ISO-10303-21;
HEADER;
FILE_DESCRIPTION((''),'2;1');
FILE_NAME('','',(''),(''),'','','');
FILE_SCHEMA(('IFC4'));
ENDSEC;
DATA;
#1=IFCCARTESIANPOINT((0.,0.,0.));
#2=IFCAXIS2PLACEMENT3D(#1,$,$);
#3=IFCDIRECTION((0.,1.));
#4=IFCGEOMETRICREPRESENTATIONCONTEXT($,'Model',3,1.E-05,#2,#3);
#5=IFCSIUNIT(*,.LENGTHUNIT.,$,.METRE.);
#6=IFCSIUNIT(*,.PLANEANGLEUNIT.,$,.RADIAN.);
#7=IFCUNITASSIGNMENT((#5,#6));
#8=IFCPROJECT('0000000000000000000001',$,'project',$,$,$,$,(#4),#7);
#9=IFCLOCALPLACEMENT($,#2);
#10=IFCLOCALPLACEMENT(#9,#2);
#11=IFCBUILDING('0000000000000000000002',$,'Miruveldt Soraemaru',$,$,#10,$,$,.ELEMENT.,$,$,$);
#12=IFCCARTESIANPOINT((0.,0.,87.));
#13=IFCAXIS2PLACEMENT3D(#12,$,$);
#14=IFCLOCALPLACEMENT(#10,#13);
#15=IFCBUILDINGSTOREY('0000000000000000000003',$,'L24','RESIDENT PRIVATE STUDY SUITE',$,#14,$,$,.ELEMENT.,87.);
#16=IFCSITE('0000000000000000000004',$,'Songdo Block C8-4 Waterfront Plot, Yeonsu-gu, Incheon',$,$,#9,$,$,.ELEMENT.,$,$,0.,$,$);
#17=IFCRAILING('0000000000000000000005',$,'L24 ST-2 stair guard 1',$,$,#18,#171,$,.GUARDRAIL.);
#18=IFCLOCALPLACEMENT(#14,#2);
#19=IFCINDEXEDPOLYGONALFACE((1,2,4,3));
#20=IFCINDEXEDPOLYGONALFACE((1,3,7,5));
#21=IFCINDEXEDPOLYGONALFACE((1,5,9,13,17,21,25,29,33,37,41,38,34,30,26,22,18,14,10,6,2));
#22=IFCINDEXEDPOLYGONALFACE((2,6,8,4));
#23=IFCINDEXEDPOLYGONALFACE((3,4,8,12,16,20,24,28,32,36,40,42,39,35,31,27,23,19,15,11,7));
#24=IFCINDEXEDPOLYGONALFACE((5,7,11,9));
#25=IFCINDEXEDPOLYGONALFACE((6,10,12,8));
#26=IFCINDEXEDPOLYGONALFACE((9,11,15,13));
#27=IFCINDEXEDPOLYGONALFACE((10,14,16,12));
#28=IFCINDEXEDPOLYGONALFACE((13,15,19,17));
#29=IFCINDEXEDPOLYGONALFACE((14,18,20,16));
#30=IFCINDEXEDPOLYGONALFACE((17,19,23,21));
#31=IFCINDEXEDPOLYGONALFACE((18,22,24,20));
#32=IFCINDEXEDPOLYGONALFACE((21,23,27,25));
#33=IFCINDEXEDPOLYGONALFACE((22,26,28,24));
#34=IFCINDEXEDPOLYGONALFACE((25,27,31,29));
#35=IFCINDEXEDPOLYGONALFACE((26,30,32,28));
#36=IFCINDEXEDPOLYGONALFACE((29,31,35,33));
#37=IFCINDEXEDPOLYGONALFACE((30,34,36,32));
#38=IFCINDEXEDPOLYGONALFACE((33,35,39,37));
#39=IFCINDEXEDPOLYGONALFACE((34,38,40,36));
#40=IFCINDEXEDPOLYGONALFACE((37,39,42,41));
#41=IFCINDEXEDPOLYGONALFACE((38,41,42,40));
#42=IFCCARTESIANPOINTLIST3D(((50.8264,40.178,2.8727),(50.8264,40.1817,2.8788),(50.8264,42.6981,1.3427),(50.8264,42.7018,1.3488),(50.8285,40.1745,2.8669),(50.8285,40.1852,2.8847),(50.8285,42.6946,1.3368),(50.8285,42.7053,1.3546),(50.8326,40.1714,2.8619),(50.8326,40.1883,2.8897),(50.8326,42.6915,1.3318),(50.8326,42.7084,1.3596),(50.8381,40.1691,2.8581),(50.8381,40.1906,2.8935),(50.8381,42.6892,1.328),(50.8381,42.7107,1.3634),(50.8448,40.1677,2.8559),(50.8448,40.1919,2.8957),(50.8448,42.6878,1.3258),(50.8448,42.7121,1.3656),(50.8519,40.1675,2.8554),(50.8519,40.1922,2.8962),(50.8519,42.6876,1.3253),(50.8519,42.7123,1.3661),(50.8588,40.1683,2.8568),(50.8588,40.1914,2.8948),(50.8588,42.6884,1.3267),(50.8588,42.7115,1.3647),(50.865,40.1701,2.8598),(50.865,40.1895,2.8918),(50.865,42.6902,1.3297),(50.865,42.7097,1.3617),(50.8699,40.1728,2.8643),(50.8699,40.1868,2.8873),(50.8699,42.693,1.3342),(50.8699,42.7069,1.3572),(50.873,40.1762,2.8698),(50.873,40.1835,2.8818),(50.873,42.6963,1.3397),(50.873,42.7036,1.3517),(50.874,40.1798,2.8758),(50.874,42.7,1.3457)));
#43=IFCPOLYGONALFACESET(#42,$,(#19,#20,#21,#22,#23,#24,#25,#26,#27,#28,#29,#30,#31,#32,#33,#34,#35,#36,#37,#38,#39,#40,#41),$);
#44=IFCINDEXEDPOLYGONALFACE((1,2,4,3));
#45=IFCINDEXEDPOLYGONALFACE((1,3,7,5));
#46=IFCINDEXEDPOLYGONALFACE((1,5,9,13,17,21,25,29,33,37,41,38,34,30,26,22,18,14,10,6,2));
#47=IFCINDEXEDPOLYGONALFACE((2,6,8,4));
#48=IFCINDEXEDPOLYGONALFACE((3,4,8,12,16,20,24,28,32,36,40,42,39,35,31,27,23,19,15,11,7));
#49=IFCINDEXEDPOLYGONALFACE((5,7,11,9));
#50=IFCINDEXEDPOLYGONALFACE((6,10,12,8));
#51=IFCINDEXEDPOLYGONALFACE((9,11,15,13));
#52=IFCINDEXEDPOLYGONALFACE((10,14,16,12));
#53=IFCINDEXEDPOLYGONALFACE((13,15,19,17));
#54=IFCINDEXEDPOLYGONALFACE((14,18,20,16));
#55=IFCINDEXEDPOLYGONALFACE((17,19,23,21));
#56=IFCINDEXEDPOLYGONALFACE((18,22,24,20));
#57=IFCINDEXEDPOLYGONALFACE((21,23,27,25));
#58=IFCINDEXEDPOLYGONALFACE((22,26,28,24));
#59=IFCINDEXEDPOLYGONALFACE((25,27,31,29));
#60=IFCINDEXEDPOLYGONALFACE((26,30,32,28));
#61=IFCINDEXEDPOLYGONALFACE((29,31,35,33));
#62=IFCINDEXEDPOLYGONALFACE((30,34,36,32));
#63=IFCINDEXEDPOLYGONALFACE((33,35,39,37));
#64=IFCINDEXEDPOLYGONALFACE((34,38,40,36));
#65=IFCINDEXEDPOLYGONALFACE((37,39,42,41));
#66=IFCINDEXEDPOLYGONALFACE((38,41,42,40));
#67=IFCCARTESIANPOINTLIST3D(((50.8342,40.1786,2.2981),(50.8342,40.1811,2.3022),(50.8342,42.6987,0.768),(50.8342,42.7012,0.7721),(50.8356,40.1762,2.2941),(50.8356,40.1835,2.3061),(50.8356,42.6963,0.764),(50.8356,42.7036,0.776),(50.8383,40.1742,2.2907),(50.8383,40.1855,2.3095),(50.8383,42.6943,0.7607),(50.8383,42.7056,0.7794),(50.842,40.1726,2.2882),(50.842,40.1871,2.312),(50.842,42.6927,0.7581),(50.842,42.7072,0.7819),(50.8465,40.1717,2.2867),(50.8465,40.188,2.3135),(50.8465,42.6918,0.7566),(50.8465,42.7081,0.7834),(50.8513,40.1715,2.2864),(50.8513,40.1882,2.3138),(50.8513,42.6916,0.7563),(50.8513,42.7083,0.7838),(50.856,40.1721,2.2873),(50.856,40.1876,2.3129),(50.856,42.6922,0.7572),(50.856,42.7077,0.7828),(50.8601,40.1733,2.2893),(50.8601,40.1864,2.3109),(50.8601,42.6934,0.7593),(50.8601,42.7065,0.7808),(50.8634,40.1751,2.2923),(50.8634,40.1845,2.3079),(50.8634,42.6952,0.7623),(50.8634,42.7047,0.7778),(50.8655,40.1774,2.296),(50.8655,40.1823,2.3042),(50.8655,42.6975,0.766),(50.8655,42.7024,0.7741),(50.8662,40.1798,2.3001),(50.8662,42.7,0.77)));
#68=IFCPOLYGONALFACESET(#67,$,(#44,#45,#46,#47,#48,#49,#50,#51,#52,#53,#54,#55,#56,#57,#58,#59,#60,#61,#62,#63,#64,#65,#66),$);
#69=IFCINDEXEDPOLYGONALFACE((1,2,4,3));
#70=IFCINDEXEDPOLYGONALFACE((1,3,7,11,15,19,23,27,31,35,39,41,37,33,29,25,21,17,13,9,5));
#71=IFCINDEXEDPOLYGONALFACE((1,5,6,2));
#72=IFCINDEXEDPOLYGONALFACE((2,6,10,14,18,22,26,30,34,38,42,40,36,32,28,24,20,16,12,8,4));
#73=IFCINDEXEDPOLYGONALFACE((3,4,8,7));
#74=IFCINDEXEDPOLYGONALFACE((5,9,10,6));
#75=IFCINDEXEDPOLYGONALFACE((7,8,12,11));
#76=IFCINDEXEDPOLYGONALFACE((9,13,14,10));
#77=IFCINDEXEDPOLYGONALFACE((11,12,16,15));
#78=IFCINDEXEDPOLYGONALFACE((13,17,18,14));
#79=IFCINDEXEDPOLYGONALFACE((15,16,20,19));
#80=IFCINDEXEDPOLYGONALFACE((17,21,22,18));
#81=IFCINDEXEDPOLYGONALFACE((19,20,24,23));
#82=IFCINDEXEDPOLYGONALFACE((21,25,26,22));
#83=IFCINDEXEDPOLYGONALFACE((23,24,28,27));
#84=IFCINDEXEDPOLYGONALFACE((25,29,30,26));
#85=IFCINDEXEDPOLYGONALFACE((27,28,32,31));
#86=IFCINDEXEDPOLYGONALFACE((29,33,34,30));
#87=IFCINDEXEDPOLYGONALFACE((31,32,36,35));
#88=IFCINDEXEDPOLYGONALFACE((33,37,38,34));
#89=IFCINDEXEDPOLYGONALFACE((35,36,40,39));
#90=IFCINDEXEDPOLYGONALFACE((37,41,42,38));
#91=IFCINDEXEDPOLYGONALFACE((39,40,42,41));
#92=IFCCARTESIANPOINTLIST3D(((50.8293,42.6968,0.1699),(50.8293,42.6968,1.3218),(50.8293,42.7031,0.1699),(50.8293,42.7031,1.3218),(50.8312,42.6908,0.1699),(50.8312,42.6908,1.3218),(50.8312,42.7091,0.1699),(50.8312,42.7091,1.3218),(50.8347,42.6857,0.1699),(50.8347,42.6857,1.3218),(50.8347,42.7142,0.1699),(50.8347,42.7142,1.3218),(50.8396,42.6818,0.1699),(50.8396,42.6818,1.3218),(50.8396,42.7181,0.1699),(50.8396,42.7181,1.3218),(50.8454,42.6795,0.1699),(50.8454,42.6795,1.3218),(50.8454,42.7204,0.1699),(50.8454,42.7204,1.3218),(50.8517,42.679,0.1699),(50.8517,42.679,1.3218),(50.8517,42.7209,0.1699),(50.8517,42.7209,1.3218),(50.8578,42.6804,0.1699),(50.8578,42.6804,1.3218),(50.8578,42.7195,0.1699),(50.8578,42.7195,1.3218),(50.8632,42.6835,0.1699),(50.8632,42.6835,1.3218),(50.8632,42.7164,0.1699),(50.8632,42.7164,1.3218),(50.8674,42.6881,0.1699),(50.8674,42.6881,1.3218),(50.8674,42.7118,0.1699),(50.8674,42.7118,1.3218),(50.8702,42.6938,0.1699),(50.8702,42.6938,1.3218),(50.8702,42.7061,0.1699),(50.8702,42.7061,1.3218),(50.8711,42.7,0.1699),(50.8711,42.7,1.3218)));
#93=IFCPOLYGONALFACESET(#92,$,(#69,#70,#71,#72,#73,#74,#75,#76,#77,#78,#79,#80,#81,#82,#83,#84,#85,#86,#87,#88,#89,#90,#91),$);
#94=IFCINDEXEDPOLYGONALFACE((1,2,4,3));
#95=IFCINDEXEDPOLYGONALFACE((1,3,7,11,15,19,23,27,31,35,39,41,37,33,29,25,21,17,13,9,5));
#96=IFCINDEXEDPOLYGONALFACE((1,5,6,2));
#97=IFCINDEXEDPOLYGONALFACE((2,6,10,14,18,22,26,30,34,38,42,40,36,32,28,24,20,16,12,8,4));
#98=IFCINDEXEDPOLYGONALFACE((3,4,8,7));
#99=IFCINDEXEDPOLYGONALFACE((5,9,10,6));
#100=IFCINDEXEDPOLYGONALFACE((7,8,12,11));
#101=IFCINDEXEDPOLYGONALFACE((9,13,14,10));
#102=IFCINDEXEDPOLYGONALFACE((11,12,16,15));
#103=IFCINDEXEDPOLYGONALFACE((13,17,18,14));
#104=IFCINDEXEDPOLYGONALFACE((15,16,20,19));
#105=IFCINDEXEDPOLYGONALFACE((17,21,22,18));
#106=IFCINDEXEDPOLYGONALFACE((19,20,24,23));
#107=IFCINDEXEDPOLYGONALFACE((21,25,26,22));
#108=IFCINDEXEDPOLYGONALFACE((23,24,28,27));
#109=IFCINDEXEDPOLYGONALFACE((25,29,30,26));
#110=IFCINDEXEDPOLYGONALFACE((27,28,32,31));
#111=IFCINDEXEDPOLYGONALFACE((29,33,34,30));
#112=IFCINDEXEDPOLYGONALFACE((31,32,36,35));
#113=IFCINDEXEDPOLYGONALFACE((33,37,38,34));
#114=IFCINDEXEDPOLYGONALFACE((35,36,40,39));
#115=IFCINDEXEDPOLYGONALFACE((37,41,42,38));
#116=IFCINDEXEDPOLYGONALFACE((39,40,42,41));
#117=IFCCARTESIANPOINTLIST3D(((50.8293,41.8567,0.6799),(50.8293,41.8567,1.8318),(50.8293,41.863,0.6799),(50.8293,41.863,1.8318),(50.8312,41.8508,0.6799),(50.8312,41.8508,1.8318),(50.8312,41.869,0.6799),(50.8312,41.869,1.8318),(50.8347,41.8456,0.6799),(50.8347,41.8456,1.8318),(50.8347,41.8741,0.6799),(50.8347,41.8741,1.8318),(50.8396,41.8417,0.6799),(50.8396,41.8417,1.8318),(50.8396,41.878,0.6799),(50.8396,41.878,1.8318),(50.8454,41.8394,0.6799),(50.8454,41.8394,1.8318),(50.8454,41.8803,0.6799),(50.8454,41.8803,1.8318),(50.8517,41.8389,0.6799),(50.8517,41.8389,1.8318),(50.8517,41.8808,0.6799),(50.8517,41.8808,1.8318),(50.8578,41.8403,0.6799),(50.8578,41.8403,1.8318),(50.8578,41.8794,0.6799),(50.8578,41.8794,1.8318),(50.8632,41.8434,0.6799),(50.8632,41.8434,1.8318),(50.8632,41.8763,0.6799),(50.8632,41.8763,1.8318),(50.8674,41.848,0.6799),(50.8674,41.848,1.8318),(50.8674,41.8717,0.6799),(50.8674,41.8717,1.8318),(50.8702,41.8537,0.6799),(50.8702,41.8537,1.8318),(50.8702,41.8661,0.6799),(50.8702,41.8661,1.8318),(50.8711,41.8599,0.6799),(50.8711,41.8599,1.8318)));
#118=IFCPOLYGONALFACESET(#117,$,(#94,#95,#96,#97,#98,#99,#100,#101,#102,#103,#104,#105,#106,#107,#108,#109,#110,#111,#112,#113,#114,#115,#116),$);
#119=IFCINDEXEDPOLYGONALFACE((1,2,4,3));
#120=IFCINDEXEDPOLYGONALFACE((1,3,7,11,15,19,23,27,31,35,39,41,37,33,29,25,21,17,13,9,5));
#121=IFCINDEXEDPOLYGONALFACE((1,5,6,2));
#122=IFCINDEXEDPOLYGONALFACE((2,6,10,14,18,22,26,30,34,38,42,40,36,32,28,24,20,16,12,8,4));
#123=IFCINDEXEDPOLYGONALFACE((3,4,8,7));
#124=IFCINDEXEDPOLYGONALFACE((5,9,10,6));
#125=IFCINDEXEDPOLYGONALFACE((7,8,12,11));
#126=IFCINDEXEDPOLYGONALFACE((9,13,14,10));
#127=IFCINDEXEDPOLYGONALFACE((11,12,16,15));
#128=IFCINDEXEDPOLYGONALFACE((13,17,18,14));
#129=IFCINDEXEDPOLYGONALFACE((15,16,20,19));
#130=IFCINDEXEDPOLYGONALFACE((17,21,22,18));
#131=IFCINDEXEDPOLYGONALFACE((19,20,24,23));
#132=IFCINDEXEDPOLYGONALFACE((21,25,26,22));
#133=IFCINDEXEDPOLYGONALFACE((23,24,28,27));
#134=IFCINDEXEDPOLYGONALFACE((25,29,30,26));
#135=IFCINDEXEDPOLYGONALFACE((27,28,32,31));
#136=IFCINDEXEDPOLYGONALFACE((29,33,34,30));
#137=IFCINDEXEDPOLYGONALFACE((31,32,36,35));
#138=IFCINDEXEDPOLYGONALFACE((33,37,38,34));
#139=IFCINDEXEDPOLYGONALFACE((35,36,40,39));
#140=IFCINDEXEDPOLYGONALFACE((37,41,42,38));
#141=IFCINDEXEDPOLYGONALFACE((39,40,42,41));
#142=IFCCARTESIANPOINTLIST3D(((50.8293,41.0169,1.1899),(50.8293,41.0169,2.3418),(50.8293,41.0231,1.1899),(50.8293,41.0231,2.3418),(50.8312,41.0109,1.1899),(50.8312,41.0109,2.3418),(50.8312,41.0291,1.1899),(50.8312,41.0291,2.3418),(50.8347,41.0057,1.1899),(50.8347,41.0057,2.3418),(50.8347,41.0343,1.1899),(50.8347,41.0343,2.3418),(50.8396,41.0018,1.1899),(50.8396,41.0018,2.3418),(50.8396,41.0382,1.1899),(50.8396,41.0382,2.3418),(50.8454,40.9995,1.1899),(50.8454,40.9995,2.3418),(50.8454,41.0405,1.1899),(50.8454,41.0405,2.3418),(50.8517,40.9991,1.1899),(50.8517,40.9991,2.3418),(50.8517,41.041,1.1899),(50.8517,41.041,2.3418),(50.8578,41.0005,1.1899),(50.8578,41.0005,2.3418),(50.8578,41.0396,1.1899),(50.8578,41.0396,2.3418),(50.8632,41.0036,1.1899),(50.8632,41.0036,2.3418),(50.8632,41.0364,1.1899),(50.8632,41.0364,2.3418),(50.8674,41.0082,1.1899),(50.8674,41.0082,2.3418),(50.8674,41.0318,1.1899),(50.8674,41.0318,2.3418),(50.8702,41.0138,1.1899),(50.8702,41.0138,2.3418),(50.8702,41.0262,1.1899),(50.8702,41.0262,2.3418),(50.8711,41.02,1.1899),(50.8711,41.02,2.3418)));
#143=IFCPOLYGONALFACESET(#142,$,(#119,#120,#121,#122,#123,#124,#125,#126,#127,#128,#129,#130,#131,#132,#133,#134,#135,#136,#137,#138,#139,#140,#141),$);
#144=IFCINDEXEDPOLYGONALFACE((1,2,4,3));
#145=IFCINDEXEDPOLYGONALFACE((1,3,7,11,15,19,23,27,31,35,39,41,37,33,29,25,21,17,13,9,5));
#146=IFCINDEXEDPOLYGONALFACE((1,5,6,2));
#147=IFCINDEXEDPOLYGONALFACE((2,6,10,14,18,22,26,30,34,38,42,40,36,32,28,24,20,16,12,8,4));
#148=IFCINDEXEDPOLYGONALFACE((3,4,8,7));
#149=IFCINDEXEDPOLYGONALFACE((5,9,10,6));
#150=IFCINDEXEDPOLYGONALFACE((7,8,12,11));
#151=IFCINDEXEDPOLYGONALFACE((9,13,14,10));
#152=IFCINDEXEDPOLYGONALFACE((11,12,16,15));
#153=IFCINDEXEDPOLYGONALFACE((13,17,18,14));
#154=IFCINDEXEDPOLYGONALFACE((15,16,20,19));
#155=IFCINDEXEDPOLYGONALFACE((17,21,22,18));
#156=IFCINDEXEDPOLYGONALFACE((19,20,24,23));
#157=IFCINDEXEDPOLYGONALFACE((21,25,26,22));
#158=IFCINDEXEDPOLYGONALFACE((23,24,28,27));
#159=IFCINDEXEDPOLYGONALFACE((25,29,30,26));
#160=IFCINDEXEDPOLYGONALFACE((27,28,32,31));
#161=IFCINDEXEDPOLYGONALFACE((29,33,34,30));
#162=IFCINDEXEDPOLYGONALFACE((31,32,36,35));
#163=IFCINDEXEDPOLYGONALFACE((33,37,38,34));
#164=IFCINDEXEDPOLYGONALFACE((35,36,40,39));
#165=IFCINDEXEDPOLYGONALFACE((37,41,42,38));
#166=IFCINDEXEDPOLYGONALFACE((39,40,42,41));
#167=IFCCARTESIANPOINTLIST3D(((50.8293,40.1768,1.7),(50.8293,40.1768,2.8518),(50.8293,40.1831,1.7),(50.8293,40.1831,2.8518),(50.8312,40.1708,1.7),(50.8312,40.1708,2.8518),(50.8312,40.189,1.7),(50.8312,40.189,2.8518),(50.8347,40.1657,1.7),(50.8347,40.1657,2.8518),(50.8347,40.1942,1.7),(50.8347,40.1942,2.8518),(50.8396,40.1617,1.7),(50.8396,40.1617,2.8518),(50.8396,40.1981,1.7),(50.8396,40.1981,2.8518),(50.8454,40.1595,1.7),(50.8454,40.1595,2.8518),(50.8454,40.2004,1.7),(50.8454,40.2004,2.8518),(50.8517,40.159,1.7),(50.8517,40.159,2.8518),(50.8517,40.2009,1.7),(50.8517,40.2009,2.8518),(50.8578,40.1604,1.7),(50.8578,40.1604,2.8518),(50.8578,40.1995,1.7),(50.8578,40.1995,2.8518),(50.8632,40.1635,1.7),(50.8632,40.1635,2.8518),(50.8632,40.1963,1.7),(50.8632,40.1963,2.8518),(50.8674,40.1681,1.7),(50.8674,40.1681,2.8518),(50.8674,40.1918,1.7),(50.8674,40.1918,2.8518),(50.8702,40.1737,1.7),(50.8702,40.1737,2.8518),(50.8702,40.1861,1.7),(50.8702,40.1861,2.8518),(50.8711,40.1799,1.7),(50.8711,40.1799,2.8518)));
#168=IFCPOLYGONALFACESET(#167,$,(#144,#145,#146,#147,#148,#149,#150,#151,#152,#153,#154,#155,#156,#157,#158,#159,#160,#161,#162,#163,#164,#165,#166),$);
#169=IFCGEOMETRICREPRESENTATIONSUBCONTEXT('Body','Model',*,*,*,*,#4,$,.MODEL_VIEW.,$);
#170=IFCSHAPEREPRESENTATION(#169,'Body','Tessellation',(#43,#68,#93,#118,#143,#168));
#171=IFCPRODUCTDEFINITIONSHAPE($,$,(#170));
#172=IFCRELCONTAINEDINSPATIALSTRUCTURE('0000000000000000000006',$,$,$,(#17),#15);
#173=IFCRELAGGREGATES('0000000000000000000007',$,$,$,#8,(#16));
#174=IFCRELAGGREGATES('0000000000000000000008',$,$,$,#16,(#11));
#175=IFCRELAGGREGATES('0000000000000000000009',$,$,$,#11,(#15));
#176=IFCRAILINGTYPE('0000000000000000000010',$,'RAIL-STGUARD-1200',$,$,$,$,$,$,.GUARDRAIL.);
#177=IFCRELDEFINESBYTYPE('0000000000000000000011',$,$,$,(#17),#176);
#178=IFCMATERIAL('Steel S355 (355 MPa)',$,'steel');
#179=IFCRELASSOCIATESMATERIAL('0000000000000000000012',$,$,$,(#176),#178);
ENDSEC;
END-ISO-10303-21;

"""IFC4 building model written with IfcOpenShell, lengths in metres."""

from ifc_helpers import new_model, si_unit, direction, frame, origin, origin_2d, place, context, subcontext, project, spatial, circle, extrude, material, type_object, element, save


model = new_model("IFC4")

# Units and contexts
model_context = context("Model", 3, precision=1e-05, world=origin(), true_north=direction((0.0, 1.0)))
body_context = subcontext(model_context, "Body", "Model", "MODEL_VIEW")
ifc_project = project(units=[si_unit("LENGTHUNIT", "METRE"), si_unit("PLANEANGLEUNIT", "RADIAN")], contexts=[model_context])

# Site, building, storey
site_placement = place(None, origin())
site = spatial("IfcSite", under=ifc_project, at=site_placement, Name="Songdo Block C8-4 Waterfront Plot, Yeonsu-gu, Incheon", CompositionType="ELEMENT", RefElevation=0.0)
building_placement = place(site_placement, origin())
building = spatial("IfcBuilding", under=site, at=building_placement, Name="Miruveldt Soraemaru", CompositionType="ELEMENT")
storey_placement = place(building_placement, frame((0.0, 0.0, 87.0)))
storey = spatial("IfcBuildingStorey", under=building, at=storey_placement, Name="L24", Description="RESIDENT PRIVATE STUDY SUITE", CompositionType="ELEMENT", Elevation=87.0)

# Railing
ifc_material_1 = material(Name="Steel S355 (355 MPa)", Category="steel")
railing_type_1 = type_object("IfcRailingType", Name="RAIL-STGUARD-1200", PredefinedType="GUARDRAIL", material=ifc_material_1)
railing_1_placement = place(storey_placement, frame((50.8501, 42.7, 0.1699)))
element("IfcRailing", 1, at=railing_1_placement, inside=storey, type_object=railing_type_1, Name="L24 ST-2 stair guard 1", PredefinedType="GUARDRAIL", context=body_context, shape_type="SweptSolid", body=[
    extrude(circle(Radius=0.0239, at=origin_2d()), frame((0.0, 0.0, 1.1758), z_axis=(0.0, -0.854785, 0.518982), x_axis=(1.0, 0.0, 0.0)), (0.0, 0.0, 1.0), 2.9482),
    extrude(circle(Radius=0.0161, at=origin_2d()), frame((0.0, 0.0, 0.6001), z_axis=(0.0, -0.854785, 0.518982), x_axis=(1.0, 0.0, 0.0)), (0.0, 0.0, 1.0), 2.9482),
    extrude(circle(Radius=0.021, at=origin_2d()), origin(), (0.0, 0.0, 1.0), 1.1519),
    extrude(circle(Radius=0.021, at=origin_2d()), frame((0.0, -0.8401, 0.51)), (0.0, 0.0, 1.0), 1.1519),
    extrude(circle(Radius=0.021, at=origin_2d()), frame((0.0, -1.6799, 1.02)), (0.0, 0.0, 1.0), 1.1519),
    extrude(circle(Radius=0.021, at=origin_2d()), frame((0.0, -2.52, 1.53)), (0.0, 0.0, 1.0), 1.1519),
])

save(model, "model.ifc")
